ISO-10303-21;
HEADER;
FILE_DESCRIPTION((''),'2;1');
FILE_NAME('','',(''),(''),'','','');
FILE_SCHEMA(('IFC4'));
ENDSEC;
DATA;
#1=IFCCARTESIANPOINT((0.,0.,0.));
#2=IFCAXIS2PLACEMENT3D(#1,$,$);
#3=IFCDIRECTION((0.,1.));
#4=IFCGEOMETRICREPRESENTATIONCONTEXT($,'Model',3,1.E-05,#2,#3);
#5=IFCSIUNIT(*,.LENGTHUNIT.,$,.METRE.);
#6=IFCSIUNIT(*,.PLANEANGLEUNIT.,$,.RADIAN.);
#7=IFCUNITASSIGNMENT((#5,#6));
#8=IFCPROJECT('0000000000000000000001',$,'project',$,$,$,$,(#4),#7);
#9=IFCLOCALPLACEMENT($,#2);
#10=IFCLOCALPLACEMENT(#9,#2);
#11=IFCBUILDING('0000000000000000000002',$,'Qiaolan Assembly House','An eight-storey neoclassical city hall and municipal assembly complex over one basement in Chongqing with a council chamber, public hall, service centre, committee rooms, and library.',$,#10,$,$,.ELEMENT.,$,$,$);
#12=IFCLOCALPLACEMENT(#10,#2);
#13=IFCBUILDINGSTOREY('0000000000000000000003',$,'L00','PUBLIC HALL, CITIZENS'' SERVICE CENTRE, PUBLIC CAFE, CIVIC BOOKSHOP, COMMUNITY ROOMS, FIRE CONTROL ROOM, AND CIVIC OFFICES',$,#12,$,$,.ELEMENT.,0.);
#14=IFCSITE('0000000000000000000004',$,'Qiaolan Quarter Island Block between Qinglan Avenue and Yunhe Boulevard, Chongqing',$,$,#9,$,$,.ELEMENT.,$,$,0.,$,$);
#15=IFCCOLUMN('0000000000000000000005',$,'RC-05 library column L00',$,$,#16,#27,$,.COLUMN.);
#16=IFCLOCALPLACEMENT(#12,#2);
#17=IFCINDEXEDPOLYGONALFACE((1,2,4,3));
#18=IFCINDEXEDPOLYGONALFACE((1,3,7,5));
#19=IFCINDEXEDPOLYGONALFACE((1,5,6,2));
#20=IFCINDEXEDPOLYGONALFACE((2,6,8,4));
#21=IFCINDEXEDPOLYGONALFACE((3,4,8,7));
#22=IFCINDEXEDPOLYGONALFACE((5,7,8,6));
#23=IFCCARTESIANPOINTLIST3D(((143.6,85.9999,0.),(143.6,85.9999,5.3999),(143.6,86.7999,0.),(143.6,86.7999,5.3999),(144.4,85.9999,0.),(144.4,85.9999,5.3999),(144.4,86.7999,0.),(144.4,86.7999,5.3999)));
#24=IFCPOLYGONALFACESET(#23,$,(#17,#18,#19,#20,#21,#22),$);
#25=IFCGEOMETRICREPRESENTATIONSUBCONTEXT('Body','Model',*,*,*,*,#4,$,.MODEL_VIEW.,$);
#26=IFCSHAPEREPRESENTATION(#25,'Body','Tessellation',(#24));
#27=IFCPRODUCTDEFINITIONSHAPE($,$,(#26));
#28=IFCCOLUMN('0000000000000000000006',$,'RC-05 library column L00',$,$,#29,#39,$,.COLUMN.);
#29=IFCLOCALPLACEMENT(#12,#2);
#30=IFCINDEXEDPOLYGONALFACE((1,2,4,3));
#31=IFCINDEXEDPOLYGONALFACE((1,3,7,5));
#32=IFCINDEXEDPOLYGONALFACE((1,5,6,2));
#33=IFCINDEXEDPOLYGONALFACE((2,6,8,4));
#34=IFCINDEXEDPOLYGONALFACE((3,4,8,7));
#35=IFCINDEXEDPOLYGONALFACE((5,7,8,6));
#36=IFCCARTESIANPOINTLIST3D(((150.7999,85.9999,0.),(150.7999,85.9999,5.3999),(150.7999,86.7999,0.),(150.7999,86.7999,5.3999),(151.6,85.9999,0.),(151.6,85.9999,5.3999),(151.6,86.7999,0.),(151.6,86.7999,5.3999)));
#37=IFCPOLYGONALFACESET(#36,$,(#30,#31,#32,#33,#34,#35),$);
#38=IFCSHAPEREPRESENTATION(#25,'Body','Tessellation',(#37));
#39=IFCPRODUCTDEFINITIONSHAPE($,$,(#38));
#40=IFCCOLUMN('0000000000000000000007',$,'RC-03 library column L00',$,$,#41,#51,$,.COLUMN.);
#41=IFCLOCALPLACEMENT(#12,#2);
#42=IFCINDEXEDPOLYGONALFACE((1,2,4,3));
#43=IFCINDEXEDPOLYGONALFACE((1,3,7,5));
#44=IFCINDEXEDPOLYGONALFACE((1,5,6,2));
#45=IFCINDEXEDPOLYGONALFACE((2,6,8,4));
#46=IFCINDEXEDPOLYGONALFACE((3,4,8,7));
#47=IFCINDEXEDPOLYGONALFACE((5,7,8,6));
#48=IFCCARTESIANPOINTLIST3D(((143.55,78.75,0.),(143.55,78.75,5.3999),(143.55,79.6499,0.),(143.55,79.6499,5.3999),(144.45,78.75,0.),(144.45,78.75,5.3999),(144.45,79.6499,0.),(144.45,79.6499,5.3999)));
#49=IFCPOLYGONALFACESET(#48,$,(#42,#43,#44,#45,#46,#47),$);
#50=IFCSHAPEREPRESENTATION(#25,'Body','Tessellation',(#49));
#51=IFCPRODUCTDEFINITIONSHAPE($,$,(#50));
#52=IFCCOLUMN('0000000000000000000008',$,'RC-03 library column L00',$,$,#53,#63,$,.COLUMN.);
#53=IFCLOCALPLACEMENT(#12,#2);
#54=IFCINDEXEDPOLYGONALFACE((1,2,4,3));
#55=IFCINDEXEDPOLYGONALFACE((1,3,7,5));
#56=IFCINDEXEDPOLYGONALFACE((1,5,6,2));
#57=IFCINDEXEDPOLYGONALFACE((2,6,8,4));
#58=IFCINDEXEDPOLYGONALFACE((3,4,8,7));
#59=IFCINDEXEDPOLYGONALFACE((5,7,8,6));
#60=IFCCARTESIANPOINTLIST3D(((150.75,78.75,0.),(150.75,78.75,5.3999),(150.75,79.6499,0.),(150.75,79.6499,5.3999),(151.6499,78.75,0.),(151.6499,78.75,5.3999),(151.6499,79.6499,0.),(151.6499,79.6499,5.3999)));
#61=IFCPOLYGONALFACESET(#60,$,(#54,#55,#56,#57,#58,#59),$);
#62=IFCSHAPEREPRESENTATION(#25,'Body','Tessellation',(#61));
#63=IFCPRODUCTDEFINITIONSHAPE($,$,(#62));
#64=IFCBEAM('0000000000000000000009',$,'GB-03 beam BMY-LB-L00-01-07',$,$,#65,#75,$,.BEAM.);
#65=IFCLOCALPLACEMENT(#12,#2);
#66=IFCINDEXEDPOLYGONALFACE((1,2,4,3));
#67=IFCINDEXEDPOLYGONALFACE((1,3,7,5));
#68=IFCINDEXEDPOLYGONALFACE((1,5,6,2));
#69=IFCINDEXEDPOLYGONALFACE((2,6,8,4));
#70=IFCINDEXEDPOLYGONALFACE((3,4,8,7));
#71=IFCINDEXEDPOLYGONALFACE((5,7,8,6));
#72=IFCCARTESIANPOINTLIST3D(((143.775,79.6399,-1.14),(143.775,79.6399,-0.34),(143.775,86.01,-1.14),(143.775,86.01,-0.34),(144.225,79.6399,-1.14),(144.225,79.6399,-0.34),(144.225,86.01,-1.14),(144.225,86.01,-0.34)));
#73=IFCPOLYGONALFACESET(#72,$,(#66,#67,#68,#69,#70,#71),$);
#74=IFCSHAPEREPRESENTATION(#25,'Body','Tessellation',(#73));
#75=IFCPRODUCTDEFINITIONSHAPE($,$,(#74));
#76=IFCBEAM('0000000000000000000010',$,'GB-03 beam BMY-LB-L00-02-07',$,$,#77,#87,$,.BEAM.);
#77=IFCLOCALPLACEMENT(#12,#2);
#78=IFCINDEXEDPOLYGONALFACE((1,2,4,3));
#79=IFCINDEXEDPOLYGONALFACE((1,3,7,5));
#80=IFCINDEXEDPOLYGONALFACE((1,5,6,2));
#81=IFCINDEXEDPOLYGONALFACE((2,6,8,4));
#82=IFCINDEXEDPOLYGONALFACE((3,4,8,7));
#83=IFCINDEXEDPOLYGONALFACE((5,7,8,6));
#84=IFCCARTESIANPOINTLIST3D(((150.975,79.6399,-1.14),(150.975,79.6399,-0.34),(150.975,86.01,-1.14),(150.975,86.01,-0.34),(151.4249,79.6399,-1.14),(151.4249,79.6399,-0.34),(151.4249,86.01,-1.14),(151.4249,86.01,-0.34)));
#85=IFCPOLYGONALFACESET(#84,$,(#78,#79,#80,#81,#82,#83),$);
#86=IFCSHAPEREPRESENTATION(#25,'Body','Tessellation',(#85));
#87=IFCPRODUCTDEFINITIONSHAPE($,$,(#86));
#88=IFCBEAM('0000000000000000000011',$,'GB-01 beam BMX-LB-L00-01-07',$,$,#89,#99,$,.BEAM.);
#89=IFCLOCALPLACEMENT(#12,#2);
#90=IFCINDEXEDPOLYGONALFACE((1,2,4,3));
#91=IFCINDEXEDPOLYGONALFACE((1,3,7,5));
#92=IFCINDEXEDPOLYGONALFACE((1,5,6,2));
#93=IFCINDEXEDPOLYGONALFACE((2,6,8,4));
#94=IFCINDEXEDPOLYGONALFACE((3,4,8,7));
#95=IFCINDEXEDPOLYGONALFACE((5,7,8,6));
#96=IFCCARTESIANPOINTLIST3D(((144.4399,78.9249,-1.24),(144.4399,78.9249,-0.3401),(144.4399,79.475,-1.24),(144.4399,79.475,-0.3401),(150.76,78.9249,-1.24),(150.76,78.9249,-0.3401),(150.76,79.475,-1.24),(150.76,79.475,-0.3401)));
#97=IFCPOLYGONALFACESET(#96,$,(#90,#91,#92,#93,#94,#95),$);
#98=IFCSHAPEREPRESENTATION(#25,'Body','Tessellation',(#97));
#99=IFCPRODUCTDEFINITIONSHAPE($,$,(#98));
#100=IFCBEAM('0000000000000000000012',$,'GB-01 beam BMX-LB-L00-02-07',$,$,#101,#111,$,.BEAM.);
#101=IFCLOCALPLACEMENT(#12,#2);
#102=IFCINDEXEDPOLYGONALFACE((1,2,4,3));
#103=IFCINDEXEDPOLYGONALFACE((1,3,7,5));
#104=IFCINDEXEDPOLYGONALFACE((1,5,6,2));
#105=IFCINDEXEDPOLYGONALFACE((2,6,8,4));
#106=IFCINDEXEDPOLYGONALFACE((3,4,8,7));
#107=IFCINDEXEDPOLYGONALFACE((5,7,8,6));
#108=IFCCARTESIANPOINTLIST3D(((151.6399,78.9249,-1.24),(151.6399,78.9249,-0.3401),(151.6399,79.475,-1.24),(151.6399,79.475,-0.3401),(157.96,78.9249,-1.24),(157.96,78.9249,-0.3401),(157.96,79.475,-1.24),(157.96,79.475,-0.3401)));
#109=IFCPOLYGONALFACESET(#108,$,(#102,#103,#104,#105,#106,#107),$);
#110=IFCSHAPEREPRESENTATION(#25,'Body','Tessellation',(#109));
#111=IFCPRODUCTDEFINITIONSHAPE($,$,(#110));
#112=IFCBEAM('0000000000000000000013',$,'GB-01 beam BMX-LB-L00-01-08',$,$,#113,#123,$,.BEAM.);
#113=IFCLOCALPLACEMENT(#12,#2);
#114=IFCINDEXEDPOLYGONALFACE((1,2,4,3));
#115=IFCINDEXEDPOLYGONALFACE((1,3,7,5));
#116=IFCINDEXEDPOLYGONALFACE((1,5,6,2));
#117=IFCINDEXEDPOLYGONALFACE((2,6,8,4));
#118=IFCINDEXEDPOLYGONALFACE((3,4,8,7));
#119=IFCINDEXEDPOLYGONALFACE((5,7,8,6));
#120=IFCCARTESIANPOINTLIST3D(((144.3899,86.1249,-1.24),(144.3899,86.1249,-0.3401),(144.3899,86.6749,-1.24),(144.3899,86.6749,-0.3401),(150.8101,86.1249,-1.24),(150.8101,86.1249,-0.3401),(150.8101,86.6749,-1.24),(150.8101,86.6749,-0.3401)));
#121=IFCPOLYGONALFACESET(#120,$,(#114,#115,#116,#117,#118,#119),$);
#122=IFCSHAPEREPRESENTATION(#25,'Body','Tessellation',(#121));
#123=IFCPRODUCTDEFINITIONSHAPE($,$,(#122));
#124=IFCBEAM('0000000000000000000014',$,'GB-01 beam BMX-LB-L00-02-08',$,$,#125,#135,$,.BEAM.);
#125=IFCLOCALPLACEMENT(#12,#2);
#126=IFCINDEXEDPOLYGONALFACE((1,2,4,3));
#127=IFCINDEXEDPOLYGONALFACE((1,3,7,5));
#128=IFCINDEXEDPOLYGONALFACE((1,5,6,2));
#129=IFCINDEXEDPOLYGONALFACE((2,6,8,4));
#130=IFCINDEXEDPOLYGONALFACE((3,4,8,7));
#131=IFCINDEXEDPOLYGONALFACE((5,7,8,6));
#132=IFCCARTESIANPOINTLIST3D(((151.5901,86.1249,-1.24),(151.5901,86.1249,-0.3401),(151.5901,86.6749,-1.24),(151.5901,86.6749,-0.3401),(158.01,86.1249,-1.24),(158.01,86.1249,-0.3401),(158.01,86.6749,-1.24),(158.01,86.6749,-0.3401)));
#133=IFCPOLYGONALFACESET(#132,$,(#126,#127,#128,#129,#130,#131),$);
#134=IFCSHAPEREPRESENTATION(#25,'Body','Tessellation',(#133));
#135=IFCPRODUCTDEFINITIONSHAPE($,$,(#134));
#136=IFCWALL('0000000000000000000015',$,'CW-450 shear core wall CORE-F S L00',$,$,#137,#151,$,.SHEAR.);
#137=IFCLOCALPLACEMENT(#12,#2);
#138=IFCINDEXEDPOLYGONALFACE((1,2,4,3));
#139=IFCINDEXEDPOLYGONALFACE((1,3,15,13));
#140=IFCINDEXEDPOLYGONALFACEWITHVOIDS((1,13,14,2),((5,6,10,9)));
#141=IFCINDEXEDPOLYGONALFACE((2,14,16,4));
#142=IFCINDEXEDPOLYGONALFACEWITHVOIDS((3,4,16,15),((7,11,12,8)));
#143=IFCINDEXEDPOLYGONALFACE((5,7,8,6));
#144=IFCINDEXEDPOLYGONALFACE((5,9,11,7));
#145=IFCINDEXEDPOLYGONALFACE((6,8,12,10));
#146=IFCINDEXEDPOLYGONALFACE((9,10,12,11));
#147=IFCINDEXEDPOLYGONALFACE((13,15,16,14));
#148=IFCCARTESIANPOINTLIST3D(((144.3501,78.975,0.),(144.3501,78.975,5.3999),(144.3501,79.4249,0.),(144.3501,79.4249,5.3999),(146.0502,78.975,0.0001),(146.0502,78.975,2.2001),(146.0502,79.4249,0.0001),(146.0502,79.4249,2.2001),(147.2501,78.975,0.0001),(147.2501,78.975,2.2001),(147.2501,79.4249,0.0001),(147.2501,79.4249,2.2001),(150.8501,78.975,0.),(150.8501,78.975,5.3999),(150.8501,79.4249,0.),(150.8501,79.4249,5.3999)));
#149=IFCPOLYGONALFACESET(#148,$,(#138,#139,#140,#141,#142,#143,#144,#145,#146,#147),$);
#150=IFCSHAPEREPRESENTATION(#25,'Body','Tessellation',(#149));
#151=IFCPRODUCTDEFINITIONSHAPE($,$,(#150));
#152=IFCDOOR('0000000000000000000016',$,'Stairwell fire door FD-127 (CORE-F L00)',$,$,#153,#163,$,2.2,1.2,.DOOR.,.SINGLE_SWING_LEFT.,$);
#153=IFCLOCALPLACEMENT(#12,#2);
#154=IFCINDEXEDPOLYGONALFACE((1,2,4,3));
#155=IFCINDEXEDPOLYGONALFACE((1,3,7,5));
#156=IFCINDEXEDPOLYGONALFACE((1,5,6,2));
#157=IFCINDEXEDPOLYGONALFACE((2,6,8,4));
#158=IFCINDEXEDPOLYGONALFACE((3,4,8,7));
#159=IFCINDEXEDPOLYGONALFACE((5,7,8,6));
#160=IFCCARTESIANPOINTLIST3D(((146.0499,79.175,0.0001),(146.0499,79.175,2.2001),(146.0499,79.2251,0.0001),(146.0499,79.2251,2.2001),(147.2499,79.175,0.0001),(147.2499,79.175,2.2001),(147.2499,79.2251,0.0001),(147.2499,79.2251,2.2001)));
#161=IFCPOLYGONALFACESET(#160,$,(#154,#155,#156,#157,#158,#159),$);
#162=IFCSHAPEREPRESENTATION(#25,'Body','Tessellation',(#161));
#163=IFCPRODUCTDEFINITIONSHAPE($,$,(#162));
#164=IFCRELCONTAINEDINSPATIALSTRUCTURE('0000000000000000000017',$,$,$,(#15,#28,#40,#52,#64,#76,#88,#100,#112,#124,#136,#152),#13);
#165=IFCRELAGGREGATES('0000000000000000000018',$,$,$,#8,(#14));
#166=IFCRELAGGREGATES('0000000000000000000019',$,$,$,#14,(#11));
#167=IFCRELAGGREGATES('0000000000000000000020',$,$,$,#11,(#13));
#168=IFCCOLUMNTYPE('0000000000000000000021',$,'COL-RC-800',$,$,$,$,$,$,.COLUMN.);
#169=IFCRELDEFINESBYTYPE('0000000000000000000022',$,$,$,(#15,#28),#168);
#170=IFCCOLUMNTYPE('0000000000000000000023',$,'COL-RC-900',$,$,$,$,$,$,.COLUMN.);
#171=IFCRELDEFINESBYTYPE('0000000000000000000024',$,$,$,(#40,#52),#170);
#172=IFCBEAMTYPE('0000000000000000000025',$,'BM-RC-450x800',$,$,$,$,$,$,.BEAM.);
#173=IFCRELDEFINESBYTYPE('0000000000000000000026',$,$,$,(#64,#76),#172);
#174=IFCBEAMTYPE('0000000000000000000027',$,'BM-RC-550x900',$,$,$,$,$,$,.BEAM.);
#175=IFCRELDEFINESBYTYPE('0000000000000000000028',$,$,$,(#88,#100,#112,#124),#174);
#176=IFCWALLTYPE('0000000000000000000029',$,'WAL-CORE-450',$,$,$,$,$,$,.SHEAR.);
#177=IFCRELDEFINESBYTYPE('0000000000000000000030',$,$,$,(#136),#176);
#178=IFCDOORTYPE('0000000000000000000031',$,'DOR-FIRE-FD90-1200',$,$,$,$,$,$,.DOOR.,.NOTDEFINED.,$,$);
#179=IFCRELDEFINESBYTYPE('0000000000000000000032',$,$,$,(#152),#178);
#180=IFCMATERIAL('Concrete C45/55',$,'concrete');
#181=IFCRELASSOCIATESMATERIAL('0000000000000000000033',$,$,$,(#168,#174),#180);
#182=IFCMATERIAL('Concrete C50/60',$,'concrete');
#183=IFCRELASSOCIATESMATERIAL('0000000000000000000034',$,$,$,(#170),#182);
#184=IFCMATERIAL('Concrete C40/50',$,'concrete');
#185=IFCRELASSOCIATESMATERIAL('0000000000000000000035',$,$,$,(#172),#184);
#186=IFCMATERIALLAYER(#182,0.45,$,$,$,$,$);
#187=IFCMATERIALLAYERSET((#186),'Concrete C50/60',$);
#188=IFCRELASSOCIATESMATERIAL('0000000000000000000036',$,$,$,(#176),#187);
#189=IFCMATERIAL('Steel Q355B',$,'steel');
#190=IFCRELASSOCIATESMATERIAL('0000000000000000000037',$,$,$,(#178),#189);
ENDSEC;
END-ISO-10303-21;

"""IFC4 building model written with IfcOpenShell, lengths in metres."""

from ifc_helpers import new_model, si_unit, direction, frame, frame_2d, origin, origin_2d, place, context, subcontext, project, spatial, rectangle, extrude, material, layer, layer_set, material_profile, profile_set, type_object, element, fill, save


model = new_model("IFC4")

# Units and contexts
model_context = context("Model", 3, precision=1e-05, world=origin(), true_north=direction((0.0, 1.0)))
body_context = subcontext(model_context, "Body", "Model", "MODEL_VIEW")
ifc_project = project(units=[si_unit("LENGTHUNIT", "METRE"), si_unit("PLANEANGLEUNIT", "RADIAN")], contexts=[model_context])

# Site, building, storey
site_placement = place(None, origin())
site = spatial("IfcSite", under=ifc_project, at=site_placement, Name="Qiaolan Quarter Island Block between Qinglan Avenue and Yunhe Boulevard, Chongqing", CompositionType="ELEMENT", RefElevation=0.0)
building_placement = place(site_placement, origin())
building = spatial("IfcBuilding", under=site, at=building_placement, Name="Qiaolan Assembly House", Description="An eight-storey neoclassical city hall and municipal assembly complex over one basement in Chongqing with a council chamber, public hall, service centre, committee rooms, and library.", CompositionType="ELEMENT")
storey_placement = place(building_placement, origin())
storey = spatial("IfcBuildingStorey", under=building, at=storey_placement, Name="L00", Description="PUBLIC HALL, CITIZENS' SERVICE CENTRE, PUBLIC CAFE, CIVIC BOOKSHOP, COMMUNITY ROOMS, FIRE CONTROL ROOM, AND CIVIC OFFICES", CompositionType="ELEMENT", Elevation=0.0)

# Columns
ifc_material_1 = material(Name="Concrete C45/55", Category="concrete")
ifc_material_profile_1 = material_profile(ifc_material_1, rectangle(XDim=0.8, YDim=0.8, at=origin_2d()), Name="RC 800x800")
ifc_profile_set_1 = profile_set([ifc_material_profile_1], Name="Concrete C45/55")
column_type_1 = type_object("IfcColumnType", Name="COL-RC-800", PredefinedType="COLUMN", material=ifc_profile_set_1)
for number, where, z_axis, x_axis, name in (
    (1, (144.0, 86.3999, 0.0), (0.0, 0.0, 1.0), (1.0, 0.0, 0.0), "RC-05 library column L00"),
    (2, (151.2, 86.3999, 0.0), (0.0, 0.0, 1.0), (1.0, 0.0, 0.0), "RC-05 library column L00"),
):
    element("IfcColumn", number, at=place(storey_placement, frame(where, z_axis=z_axis, x_axis=x_axis)), inside=storey, type_object=column_type_1, Name=name, PredefinedType="COLUMN", context=body_context, shape_type="SweptSolid", body=[
        extrude(rectangle(XDim=0.8, YDim=0.8, at=origin_2d()), origin(), (0.0, 0.0, 1.0), 5.3999),
    ])
ifc_material_2 = material(Name="Concrete C50/60", Category="concrete")
ifc_material_profile_2 = material_profile(ifc_material_2, rectangle(XDim=0.8999, YDim=0.8999, at=origin_2d()), Name="RC 900x900")
ifc_profile_set_2 = profile_set([ifc_material_profile_2], Name="Concrete C50/60")
column_type_2 = type_object("IfcColumnType", Name="COL-RC-900", PredefinedType="COLUMN", material=ifc_profile_set_2)
for number, where, z_axis, x_axis, name in (
    (3, (144.0, 79.2, 0.0), (0.0, 0.0, 1.0), (1.0, 0.0, 0.0), "RC-03 library column L00"),
    (4, (151.2, 79.2, 0.0), (0.0, 0.0, 1.0), (1.0, 0.0, 0.0), "RC-03 library column L00"),
):
    element("IfcColumn", number, at=place(storey_placement, frame(where, z_axis=z_axis, x_axis=x_axis)), inside=storey, type_object=column_type_2, Name=name, PredefinedType="COLUMN", context=body_context, shape_type="SweptSolid", body=[
        extrude(rectangle(XDim=0.8999, YDim=0.8999, at=origin_2d()), origin(), (0.0, 0.0, 1.0), 5.3999),
    ])

# Beams
ifc_material_3 = material(Name="Concrete C40/50", Category="concrete")
ifc_material_profile_3 = material_profile(ifc_material_3, rectangle(XDim=0.45, YDim=0.8, at=origin_2d()), Name="RCB 450x800")
ifc_profile_set_3 = profile_set([ifc_material_profile_3], Name="Concrete C40/50")
beam_type_1 = type_object("IfcBeamType", Name="BM-RC-450x800", PredefinedType="BEAM", material=ifc_profile_set_3)
for number, where, z_axis, x_axis, name in (
    (5, (144.0, 79.6399, -0.74), (0.0, 1.0, 0.0), (-1.0, 0.0, 0.0), "GB-03 beam BMY-LB-L00-01-07"),
    (6, (151.2, 79.6399, -0.74), (0.0, 1.0, 0.0), (-1.0, 0.0, 0.0), "GB-03 beam BMY-LB-L00-02-07"),
):
    element("IfcBeam", number, at=place(storey_placement, frame(where, z_axis=z_axis, x_axis=x_axis)), inside=storey, type_object=beam_type_1, Name=name, PredefinedType="BEAM", context=body_context, shape_type="SweptSolid", body=[
        extrude(rectangle(XDim=0.45, YDim=0.8, at=origin_2d()), origin(), (0.0, 0.0, 1.0), 6.3701),
    ])
ifc_material_profile_4 = material_profile(ifc_material_1, rectangle(XDim=0.55, YDim=0.8999, at=origin_2d()), Name="RCB 550x900")
ifc_profile_set_4 = profile_set([ifc_material_profile_4], Name="Concrete C45/55")
beam_type_2 = type_object("IfcBeamType", Name="BM-RC-550x900", PredefinedType="BEAM", material=ifc_profile_set_4)
for number, where, z_axis, x_axis, name in (
    (7, (144.4399, 79.2, -0.79), (1.0, 0.0, 0.0), (0.0, 1.0, 0.0), "GB-01 beam BMX-LB-L00-01-07"),
    (8, (151.6399, 79.2, -0.79), (1.0, 0.0, 0.0), (0.0, 1.0, 0.0), "GB-01 beam BMX-LB-L00-02-07"),
):
    element("IfcBeam", number, at=place(storey_placement, frame(where, z_axis=z_axis, x_axis=x_axis)), inside=storey, type_object=beam_type_2, Name=name, PredefinedType="BEAM", context=body_context, shape_type="SweptSolid", body=[
        extrude(rectangle(XDim=0.55, YDim=0.8999, at=origin_2d()), origin(), (0.0, 0.0, 1.0), 6.3201),
    ])
beam_1_placement = place(storey_placement, frame((144.3899, 86.3999, -0.79), z_axis=(1.0, 0.0, 0.0), x_axis=(0.0, 1.0, 0.0)))
element("IfcBeam", 9, at=beam_1_placement, inside=storey, type_object=beam_type_2, Name="GB-01 beam BMX-LB-L00-01-08", PredefinedType="BEAM", context=body_context, shape_type="SweptSolid", body=[
    extrude(rectangle(XDim=0.55, YDim=0.8999, at=origin_2d()), origin(), (0.0, 0.0, 1.0), 6.4202),
])
beam_2_placement = place(storey_placement, frame((151.5901, 86.3999, -0.79), z_axis=(1.0, 0.0, 0.0), x_axis=(0.0, 1.0, 0.0)))
element("IfcBeam", 10, at=beam_2_placement, inside=storey, type_object=beam_type_2, Name="GB-01 beam BMX-LB-L00-02-08", PredefinedType="BEAM", context=body_context, shape_type="SweptSolid", body=[
    extrude(rectangle(XDim=0.55, YDim=0.8999, at=origin_2d()), origin(), (0.0, 0.0, 1.0), 6.4199),
])

# Wall, opening, door
ifc_layer_1 = layer(ifc_material_2, 0.45)
ifc_layer_set_1 = layer_set([ifc_layer_1], Name="Concrete C50/60")
wall_type_1 = type_object("IfcWallType", Name="WAL-CORE-450", PredefinedType="SHEAR", material=ifc_layer_set_1)
wall_1_placement = place(storey_placement, frame((144.3501, 79.2, 0.0), z_axis=(0.0, 0.0, 1.0), x_axis=(1.0, 0.0, 0.0)))
wall_1 = element("IfcWall", 11, at=wall_1_placement, inside=storey, type_object=wall_type_1, Name="CW-450 shear core wall CORE-F S L00", PredefinedType="SHEAR", context=body_context, shape_type="SweptSolid", body=[
    extrude(rectangle(XDim=6.5, YDim=0.45, at=frame_2d((3.25, 0.0))), origin(), (0.0, 0.0, 1.0), 5.3999),
])
opening_1_placement = place(wall_1_placement, frame((1.7, 0.0, 0.0)))
opening_1 = element("IfcOpeningElement", 12, at=opening_1_placement, cuts=wall_1, PredefinedType="OPENING", context=body_context, shape_type="SweptSolid", body=[
    extrude(rectangle(XDim=1.2, YDim=2.2, at=frame_2d((0.6001, 1.1001))), frame((0.0, 0.2349, 0.0), z_axis=(0.0, -1.0, 0.0), x_axis=(1.0, 0.0, 0.0)), (0.0, 0.0, 1.0), 0.47),
])
ifc_material_4 = material(Name="Steel Q355B", Category="steel")
door_type_1 = type_object("IfcDoorType", Name="DOR-FIRE-FD90-1200", OperationType="NOTDEFINED", PredefinedType="DOOR", material=ifc_material_4)
door_1_placement = place(opening_1_placement, frame((1.2, 0.0, 0.0), z_axis=(0.0, 0.0, 1.0), x_axis=(-1.0, 0.0, 0.0)))
door_1 = element("IfcDoor", 13, at=door_1_placement, inside=storey, type_object=door_type_1, Name="Stairwell fire door FD-127 (CORE-F L00)", OperationType="SINGLE_SWING_LEFT", OverallHeight=2.2, OverallWidth=1.2, PredefinedType="DOOR", context=body_context, shape_type="SweptSolid", body=[
    extrude(rectangle(XDim=1.2, YDim=2.2, at=frame_2d((0.6001, 1.1001))), frame((0.0, 0.0249, 0.0), z_axis=(0.0, -1.0, 0.0), x_axis=(1.0, 0.0, 0.0)), (0.0, 0.0, 1.0), 0.05),
])
fill(opening_1, door_1)

save(model, "model.ifc")
